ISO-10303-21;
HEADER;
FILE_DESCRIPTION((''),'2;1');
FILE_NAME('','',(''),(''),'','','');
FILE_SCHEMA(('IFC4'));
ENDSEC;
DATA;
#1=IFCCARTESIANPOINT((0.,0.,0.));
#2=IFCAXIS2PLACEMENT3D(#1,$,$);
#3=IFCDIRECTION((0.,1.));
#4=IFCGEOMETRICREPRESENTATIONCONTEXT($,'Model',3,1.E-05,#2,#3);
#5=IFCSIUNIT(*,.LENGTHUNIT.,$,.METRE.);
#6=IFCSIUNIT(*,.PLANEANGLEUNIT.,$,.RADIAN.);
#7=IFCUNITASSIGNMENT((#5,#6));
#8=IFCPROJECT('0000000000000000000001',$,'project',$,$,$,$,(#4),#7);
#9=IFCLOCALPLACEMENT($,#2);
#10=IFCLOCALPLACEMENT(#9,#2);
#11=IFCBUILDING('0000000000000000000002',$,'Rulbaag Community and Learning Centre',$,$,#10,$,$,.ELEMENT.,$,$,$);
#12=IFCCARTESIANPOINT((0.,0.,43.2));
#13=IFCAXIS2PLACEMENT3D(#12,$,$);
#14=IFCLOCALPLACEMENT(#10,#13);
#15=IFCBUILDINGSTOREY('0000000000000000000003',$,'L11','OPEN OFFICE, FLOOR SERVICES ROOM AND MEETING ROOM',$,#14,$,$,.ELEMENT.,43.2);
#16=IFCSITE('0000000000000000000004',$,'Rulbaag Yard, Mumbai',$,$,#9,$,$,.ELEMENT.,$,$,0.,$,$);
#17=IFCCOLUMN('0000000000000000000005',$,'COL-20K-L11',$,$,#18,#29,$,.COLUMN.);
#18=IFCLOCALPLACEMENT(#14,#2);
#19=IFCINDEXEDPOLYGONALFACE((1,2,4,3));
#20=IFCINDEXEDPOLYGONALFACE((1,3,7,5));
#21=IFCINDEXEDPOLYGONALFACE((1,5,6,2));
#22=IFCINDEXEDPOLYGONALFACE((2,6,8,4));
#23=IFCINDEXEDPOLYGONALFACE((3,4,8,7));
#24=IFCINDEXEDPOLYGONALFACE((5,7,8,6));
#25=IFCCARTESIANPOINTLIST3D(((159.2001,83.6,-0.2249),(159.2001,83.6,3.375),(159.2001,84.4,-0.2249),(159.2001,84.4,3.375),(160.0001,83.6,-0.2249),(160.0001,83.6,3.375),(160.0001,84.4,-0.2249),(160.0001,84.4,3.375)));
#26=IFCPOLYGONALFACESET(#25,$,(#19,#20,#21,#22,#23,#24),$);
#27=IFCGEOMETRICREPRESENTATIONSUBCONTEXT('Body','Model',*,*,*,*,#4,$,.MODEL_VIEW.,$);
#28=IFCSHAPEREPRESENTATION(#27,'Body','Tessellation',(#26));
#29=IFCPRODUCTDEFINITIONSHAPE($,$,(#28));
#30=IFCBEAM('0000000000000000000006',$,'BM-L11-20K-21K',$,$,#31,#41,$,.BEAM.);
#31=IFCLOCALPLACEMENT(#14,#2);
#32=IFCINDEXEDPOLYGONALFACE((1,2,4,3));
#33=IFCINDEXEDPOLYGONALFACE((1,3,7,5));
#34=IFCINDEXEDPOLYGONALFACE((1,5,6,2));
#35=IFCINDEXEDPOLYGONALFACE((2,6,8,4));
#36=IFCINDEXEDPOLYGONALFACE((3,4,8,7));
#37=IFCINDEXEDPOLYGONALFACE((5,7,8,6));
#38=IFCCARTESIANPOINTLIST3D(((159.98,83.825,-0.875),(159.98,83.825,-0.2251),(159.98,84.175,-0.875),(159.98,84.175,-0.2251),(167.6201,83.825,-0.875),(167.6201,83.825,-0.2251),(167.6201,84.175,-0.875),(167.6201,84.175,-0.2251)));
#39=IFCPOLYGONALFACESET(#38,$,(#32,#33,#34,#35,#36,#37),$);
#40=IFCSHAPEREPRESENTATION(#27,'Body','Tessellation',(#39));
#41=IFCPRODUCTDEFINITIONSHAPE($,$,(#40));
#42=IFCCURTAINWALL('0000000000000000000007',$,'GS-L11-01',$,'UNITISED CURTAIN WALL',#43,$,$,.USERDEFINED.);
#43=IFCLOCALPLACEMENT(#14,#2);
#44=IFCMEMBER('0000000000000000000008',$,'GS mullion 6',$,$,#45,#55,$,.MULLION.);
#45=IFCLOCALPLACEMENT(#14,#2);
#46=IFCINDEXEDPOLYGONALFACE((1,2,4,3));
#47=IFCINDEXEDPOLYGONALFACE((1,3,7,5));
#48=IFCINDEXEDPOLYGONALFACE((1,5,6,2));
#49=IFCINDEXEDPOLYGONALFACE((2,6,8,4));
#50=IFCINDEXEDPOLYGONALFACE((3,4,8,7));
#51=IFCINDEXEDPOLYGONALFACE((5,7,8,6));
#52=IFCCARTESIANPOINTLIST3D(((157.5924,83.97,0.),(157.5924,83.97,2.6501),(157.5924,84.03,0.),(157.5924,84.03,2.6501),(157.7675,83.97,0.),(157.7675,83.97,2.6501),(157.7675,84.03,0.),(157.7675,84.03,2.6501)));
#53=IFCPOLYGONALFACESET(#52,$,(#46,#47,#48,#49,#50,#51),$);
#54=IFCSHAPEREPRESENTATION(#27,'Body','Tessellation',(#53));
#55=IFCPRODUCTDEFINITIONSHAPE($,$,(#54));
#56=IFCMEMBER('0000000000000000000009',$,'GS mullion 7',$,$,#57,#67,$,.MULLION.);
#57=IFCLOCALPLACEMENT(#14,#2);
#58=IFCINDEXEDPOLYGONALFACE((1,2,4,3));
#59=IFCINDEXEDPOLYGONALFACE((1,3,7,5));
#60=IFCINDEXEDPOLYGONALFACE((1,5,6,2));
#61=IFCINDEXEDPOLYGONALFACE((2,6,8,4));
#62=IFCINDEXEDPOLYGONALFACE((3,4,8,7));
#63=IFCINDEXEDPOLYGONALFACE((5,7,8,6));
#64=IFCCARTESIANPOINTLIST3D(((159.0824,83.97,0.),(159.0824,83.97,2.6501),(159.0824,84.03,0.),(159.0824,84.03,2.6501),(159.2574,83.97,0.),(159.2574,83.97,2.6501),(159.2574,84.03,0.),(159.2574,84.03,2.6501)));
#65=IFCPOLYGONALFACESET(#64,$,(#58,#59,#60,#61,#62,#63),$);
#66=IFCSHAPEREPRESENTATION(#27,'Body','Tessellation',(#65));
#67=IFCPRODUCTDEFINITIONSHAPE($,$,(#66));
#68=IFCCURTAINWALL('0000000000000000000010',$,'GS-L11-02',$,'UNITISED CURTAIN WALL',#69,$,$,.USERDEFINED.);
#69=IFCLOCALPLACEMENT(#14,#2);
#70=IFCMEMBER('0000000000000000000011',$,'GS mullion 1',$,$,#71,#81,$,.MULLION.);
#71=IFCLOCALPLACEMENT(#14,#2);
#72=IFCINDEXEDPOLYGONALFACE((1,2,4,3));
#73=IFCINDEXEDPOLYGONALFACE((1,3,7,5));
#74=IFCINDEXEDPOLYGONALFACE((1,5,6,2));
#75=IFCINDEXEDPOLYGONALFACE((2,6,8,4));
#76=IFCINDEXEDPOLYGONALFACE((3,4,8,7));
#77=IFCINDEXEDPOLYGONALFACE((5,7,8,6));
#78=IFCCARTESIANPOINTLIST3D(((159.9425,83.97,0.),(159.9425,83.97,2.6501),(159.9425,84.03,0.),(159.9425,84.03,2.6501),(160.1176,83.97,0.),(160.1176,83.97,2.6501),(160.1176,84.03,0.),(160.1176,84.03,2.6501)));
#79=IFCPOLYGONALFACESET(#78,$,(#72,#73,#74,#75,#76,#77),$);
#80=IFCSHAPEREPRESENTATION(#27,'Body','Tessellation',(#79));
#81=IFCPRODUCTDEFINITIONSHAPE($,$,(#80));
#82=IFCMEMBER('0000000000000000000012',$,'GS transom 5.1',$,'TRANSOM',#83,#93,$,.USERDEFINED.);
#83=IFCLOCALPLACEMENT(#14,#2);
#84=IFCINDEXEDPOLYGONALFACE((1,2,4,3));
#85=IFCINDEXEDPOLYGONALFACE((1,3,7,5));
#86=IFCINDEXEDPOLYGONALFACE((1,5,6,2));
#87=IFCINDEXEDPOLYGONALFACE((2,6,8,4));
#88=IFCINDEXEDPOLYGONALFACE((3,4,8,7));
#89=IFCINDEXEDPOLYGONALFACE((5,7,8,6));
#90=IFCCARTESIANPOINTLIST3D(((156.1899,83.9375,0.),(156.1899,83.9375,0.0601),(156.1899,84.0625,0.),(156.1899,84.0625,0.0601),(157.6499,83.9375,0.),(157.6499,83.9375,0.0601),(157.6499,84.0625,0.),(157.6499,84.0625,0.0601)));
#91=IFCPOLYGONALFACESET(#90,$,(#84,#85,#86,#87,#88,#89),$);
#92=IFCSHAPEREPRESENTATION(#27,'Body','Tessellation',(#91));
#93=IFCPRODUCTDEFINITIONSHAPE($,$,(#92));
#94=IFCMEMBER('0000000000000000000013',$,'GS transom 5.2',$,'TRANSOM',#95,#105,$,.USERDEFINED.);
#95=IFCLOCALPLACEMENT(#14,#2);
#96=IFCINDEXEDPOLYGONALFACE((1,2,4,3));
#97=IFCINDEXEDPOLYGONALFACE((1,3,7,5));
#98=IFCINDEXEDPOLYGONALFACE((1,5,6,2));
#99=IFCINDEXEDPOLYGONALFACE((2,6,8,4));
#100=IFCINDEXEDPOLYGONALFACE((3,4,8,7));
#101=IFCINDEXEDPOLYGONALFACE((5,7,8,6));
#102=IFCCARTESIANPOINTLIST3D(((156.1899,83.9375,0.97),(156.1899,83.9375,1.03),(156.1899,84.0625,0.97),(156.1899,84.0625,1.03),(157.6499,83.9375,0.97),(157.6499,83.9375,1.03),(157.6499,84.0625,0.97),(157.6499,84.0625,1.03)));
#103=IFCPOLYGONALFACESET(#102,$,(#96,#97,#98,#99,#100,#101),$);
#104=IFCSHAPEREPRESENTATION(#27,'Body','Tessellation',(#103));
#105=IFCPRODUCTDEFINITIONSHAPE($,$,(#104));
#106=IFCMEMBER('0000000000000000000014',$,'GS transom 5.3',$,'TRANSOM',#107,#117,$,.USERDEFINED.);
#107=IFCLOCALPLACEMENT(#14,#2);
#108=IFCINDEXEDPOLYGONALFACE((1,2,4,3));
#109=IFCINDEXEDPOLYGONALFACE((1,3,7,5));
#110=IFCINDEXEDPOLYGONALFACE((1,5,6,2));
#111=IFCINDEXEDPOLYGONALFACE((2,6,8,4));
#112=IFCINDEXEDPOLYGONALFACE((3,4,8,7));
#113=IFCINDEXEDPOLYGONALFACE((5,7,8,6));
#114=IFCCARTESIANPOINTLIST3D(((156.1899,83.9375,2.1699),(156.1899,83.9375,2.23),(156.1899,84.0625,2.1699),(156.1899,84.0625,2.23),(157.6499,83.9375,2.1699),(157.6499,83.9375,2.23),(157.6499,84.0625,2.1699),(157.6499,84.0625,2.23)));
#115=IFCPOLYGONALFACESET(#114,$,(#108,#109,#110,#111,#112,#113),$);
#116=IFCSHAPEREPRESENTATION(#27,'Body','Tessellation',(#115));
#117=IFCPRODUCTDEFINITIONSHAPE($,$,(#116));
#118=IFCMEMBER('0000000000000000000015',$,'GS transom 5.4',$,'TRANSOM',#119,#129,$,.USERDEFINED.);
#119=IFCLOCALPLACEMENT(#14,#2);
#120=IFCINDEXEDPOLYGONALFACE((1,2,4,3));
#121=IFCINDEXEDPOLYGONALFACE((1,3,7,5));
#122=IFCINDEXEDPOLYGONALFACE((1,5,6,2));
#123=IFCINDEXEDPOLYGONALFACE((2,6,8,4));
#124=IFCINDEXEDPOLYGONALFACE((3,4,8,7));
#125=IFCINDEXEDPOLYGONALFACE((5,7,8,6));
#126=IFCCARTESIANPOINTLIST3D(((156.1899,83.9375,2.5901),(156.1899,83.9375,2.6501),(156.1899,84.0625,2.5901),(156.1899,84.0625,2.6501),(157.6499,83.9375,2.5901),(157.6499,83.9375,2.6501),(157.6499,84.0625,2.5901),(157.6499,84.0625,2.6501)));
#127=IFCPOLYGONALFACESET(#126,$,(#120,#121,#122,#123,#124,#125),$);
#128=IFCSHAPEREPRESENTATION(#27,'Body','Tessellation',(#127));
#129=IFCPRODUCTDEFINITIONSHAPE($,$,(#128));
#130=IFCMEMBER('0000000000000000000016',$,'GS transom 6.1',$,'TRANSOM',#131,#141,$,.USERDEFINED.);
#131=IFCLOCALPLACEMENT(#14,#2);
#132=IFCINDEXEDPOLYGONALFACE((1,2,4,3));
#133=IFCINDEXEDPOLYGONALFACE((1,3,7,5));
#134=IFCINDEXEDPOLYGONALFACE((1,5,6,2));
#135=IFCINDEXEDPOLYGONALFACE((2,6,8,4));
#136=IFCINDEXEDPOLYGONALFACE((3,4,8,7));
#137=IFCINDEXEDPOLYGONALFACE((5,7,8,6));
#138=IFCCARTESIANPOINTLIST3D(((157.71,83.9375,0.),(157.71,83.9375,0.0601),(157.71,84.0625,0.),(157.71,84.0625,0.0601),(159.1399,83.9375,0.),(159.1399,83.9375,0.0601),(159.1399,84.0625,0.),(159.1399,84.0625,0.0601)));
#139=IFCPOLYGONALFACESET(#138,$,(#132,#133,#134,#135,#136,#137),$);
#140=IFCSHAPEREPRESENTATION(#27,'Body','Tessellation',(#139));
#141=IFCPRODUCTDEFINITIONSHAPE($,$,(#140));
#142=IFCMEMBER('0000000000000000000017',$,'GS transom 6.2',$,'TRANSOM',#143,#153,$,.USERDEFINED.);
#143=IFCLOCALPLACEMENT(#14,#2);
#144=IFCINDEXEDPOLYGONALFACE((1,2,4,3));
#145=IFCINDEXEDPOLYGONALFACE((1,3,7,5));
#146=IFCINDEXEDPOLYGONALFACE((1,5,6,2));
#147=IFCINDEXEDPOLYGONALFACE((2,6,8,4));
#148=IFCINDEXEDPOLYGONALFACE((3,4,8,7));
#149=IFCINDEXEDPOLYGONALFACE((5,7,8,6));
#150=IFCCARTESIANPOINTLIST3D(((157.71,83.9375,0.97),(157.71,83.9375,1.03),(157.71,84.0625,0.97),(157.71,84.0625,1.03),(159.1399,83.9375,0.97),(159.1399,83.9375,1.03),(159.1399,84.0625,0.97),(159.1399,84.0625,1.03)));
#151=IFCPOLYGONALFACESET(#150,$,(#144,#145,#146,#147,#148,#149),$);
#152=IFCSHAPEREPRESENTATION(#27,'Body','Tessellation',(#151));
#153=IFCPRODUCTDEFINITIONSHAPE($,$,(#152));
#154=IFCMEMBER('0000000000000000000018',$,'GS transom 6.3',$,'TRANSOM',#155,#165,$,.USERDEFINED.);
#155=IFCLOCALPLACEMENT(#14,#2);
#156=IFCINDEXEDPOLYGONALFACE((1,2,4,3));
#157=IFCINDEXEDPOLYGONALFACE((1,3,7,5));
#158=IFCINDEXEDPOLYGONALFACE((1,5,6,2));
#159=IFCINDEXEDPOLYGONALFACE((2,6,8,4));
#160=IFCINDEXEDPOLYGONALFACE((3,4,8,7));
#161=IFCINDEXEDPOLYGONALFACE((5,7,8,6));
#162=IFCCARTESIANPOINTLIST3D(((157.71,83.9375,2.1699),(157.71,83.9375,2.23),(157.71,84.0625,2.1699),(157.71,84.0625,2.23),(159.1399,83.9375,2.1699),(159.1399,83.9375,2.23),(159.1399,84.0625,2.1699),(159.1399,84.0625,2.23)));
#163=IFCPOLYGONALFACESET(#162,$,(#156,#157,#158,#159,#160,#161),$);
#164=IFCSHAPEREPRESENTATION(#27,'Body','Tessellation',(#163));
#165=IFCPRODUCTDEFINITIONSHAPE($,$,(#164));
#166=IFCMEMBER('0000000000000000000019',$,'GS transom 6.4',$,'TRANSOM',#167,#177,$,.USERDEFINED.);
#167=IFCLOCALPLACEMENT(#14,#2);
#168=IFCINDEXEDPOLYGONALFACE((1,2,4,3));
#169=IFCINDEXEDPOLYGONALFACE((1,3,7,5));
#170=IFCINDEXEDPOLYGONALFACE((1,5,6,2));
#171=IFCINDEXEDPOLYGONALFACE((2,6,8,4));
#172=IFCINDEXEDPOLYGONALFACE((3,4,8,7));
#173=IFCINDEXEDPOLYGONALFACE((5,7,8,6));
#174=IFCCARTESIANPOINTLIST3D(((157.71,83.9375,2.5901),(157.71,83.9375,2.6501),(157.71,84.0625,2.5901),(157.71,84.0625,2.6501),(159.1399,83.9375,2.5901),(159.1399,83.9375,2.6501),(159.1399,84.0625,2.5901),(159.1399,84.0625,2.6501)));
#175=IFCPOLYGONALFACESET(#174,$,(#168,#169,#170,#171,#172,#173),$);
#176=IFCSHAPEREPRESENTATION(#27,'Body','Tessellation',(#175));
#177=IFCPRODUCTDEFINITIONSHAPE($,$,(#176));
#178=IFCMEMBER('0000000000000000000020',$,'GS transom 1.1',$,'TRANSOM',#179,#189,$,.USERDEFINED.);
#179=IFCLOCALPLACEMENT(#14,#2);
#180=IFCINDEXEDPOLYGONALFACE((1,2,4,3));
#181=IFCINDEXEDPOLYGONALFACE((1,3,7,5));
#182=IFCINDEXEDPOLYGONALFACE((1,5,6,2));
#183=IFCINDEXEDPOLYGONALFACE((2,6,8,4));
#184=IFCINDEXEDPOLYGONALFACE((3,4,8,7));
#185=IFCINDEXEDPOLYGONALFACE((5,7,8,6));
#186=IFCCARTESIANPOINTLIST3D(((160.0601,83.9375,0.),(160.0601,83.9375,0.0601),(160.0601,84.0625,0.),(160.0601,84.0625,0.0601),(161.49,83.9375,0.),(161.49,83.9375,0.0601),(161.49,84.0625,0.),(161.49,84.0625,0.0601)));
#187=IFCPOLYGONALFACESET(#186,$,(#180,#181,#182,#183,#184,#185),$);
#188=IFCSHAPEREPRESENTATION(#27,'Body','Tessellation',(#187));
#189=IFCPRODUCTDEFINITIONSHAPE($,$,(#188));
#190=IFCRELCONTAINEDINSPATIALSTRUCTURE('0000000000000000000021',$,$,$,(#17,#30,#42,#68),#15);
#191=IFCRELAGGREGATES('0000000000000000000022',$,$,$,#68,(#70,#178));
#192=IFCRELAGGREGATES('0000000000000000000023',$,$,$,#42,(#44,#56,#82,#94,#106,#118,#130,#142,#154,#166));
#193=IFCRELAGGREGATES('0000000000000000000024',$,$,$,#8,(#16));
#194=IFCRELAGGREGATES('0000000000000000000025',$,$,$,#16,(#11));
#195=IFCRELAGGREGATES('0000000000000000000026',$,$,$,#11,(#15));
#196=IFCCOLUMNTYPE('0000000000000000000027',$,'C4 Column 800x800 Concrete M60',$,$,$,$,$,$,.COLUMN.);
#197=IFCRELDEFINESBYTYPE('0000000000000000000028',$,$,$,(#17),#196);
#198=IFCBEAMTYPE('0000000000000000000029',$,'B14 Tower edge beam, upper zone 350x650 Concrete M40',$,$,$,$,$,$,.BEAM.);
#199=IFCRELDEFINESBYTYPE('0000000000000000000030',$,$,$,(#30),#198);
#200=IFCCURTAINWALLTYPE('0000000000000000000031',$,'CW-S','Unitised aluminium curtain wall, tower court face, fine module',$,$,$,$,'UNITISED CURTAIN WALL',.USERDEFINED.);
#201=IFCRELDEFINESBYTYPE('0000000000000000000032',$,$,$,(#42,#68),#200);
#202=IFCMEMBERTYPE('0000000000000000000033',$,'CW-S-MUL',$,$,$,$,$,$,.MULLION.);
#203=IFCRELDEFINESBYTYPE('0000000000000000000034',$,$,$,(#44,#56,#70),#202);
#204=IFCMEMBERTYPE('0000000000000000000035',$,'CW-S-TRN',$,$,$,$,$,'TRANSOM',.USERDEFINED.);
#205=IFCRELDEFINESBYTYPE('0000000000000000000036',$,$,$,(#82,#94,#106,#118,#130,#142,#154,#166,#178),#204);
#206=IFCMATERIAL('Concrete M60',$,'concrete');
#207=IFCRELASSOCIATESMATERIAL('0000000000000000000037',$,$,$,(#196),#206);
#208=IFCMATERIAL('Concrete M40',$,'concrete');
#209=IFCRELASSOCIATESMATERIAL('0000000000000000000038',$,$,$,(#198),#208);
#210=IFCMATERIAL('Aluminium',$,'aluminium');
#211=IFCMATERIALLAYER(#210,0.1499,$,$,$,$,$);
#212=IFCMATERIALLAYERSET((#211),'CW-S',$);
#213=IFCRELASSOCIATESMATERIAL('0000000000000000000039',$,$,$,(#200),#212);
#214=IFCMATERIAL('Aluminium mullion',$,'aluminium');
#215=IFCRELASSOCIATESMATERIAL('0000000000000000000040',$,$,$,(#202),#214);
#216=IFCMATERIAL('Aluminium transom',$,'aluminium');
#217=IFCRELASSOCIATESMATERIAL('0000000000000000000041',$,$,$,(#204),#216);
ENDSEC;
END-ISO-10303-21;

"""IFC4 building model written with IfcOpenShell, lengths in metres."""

from ifc_helpers import new_model, si_unit, direction, frame, origin, origin_2d, place, context, subcontext, project, spatial, rectangle, extrude, material, layer, layer_set, material_profile, profile_set, type_object, element, aggregate, save


model = new_model("IFC4")

# Units and contexts
model_context = context("Model", 3, precision=1e-05, world=origin(), true_north=direction((0.0, 1.0)))
body_context = subcontext(model_context, "Body", "Model", "MODEL_VIEW")
ifc_project = project(units=[si_unit("LENGTHUNIT", "METRE"), si_unit("PLANEANGLEUNIT", "RADIAN")], contexts=[model_context])

# Site, building, storey
site_placement = place(None, origin())
site = spatial("IfcSite", under=ifc_project, at=site_placement, Name="Rulbaag Yard, Mumbai", CompositionType="ELEMENT", RefElevation=0.0)
building_placement = place(site_placement, origin())
building = spatial("IfcBuilding", under=site, at=building_placement, Name="Rulbaag Community and Learning Centre", CompositionType="ELEMENT")
storey_placement = place(building_placement, frame((0.0, 0.0, 43.2)))
storey = spatial("IfcBuildingStorey", under=building, at=storey_placement, Name="L11", Description="OPEN OFFICE, FLOOR SERVICES ROOM AND MEETING ROOM", CompositionType="ELEMENT", Elevation=43.2)

# Column
ifc_material_1 = material(Name="Concrete M60", Category="concrete")
ifc_material_profile_1 = material_profile(ifc_material_1, rectangle(XDim=0.8, YDim=0.8, at=origin_2d()), Name="RC800x800")
ifc_profile_set_1 = profile_set([ifc_material_profile_1], Name="Concrete M60")
column_type = type_object("IfcColumnType", Name="C4 Column 800x800 Concrete M60", PredefinedType="COLUMN", material=ifc_profile_set_1)
column_placement = place(storey_placement, frame((159.6001, 84.0, -0.2249), z_axis=(0.0, 0.0, 1.0), x_axis=(1.0, 0.0, 0.0)))
element("IfcColumn", 1, at=column_placement, inside=storey, type_object=column_type, Name="COL-20K-L11", PredefinedType="COLUMN", context=body_context, shape_type="SweptSolid", body=[
    extrude(rectangle(XDim=0.8, YDim=0.8, at=origin_2d()), origin(), (0.0, 0.0, 1.0), 3.5999),
])

# Beam
ifc_material_2 = material(Name="Concrete M40", Category="concrete")
ifc_material_profile_2 = material_profile(ifc_material_2, rectangle(XDim=0.3501, YDim=0.6499, at=origin_2d()), Name="RB350x650")
ifc_profile_set_2 = profile_set([ifc_material_profile_2], Name="Concrete M40")
beam_type = type_object("IfcBeamType", Name="B14 Tower edge beam, upper zone 350x650 Concrete M40", PredefinedType="BEAM", material=ifc_profile_set_2)
beam_placement = place(storey_placement, frame((159.98, 84.0, -0.55), z_axis=(1.0, 0.0, 0.0), x_axis=(0.0, 1.0, 0.0)))
element("IfcBeam", 2, at=beam_placement, inside=storey, type_object=beam_type, Name="BM-L11-20K-21K", PredefinedType="BEAM", context=body_context, shape_type="SweptSolid", body=[
    extrude(rectangle(XDim=0.3501, YDim=0.6499, at=origin_2d()), origin(), (0.0, 0.0, 1.0), 7.6401),
])

# Curtain wall, members
ifc_material_3 = material(Name="Aluminium", Category="aluminium")
ifc_layer_1 = layer(ifc_material_3, 0.1499)
ifc_layer_set_1 = layer_set([ifc_layer_1], Name="CW-S")
curtain_wall_type = type_object("IfcCurtainWallType", Name="CW-S", Description="Unitised aluminium curtain wall, tower court face, fine module", ElementType="UNITISED CURTAIN WALL", PredefinedType="USERDEFINED", material=ifc_layer_set_1)
curtain_wall_1_placement = place(storey_placement, origin())
curtain_wall_1 = element("IfcCurtainWall", 3, at=curtain_wall_1_placement, inside=storey, type_object=curtain_wall_type, Name="GS-L11-01", ObjectType="UNITISED CURTAIN WALL", PredefinedType="USERDEFINED")
ifc_material_4 = material(Name="Aluminium mullion", Category="aluminium")
ifc_material_profile_3 = material_profile(ifc_material_4, rectangle(XDim=0.0601, YDim=0.175, at=origin_2d()), Name="AL 60x175")
ifc_profile_set_3 = profile_set([ifc_material_profile_3], Name="Aluminium mullion")
member_type_1 = type_object("IfcMemberType", Name="CW-S-MUL", PredefinedType="MULLION", material=ifc_profile_set_3)
member_1_placement = place(storey_placement, frame((157.6799, 84.0, 0.0), z_axis=(0.0, 0.0, 1.0), x_axis=(0.0, 1.0, 0.0)))
member_1 = element("IfcMember", 4, at=member_1_placement, type_object=member_type_1, Name="GS mullion 6", PredefinedType="MULLION", context=body_context, shape_type="SweptSolid", body=[
    extrude(rectangle(XDim=0.0601, YDim=0.175, at=origin_2d()), origin(), (0.0, 0.0, 1.0), 2.6501),
])
member_2_placement = place(storey_placement, frame((159.1699, 84.0, 0.0), z_axis=(0.0, 0.0, 1.0), x_axis=(0.0, 1.0, 0.0)))
member_2 = element("IfcMember", 5, at=member_2_placement, type_object=member_type_1, Name="GS mullion 7", PredefinedType="MULLION", context=body_context, shape_type="SweptSolid", body=[
    extrude(rectangle(XDim=0.0601, YDim=0.175, at=origin_2d()), origin(), (0.0, 0.0, 1.0), 2.6501),
])

# Curtain wall, member
curtain_wall_2_placement = place(storey_placement, origin())
curtain_wall_2 = element("IfcCurtainWall", 6, at=curtain_wall_2_placement, inside=storey, type_object=curtain_wall_type, Name="GS-L11-02", ObjectType="UNITISED CURTAIN WALL", PredefinedType="USERDEFINED")
member_3_placement = place(storey_placement, frame((160.03, 84.0, 0.0), z_axis=(0.0, 0.0, 1.0), x_axis=(0.0, 1.0, 0.0)))
member_3 = element("IfcMember", 7, at=member_3_placement, type_object=member_type_1, Name="GS mullion 1", PredefinedType="MULLION", context=body_context, shape_type="SweptSolid", body=[
    extrude(rectangle(XDim=0.0601, YDim=0.175, at=origin_2d()), origin(), (0.0, 0.0, 1.0), 2.6501),
])

# Members
ifc_material_5 = material(Name="Aluminium transom", Category="aluminium")
ifc_material_profile_4 = material_profile(ifc_material_5, rectangle(XDim=0.125, YDim=0.0601, at=origin_2d()), Name="AL 60x125 T")
ifc_profile_set_4 = profile_set([ifc_material_profile_4], Name="Aluminium transom")
member_type_2 = type_object("IfcMemberType", Name="CW-S-TRN", ElementType="TRANSOM", PredefinedType="USERDEFINED", material=ifc_profile_set_4)
member_4_placement = place(storey_placement, frame((156.1899, 84.0, 0.03), z_axis=(1.0, 0.0, 0.0), x_axis=(0.0, 1.0, 0.0)))
member_4 = element("IfcMember", 8, at=member_4_placement, type_object=member_type_2, Name="GS transom 5.1", ObjectType="TRANSOM", PredefinedType="USERDEFINED", context=body_context, shape_type="SweptSolid", body=[
    extrude(rectangle(XDim=0.125, YDim=0.0601, at=origin_2d()), origin(), (0.0, 0.0, 1.0), 1.46),
])
member_5_placement = place(storey_placement, frame((156.1899, 84.0, 1.0), z_axis=(1.0, 0.0, 0.0), x_axis=(0.0, 1.0, 0.0)))
member_5 = element("IfcMember", 9, at=member_5_placement, type_object=member_type_2, Name="GS transom 5.2", ObjectType="TRANSOM", PredefinedType="USERDEFINED", context=body_context, shape_type="SweptSolid", body=[
    extrude(rectangle(XDim=0.125, YDim=0.0601, at=origin_2d()), origin(), (0.0, 0.0, 1.0), 1.46),
])
member_6_placement = place(storey_placement, frame((156.1899, 84.0, 2.2), z_axis=(1.0, 0.0, 0.0), x_axis=(0.0, 1.0, 0.0)))
member_6 = element("IfcMember", 10, at=member_6_placement, type_object=member_type_2, Name="GS transom 5.3", ObjectType="TRANSOM", PredefinedType="USERDEFINED", context=body_context, shape_type="SweptSolid", body=[
    extrude(rectangle(XDim=0.125, YDim=0.0601, at=origin_2d()), origin(), (0.0, 0.0, 1.0), 1.46),
])
member_7_placement = place(storey_placement, frame((156.1899, 84.0, 2.6201), z_axis=(1.0, 0.0, 0.0), x_axis=(0.0, 1.0, 0.0)))
member_7 = element("IfcMember", 11, at=member_7_placement, type_object=member_type_2, Name="GS transom 5.4", ObjectType="TRANSOM", PredefinedType="USERDEFINED", context=body_context, shape_type="SweptSolid", body=[
    extrude(rectangle(XDim=0.125, YDim=0.0601, at=origin_2d()), origin(), (0.0, 0.0, 1.0), 1.46),
])
member_8_placement = place(storey_placement, frame((157.71, 84.0, 0.03), z_axis=(1.0, 0.0, 0.0), x_axis=(0.0, 1.0, 0.0)))
member_8 = element("IfcMember", 12, at=member_8_placement, type_object=member_type_2, Name="GS transom 6.1", ObjectType="TRANSOM", PredefinedType="USERDEFINED", context=body_context, shape_type="SweptSolid", body=[
    extrude(rectangle(XDim=0.125, YDim=0.0601, at=origin_2d()), origin(), (0.0, 0.0, 1.0), 1.4299),
])
member_9_placement = place(storey_placement, frame((157.71, 84.0, 1.0), z_axis=(1.0, 0.0, 0.0), x_axis=(0.0, 1.0, 0.0)))
member_9 = element("IfcMember", 13, at=member_9_placement, type_object=member_type_2, Name="GS transom 6.2", ObjectType="TRANSOM", PredefinedType="USERDEFINED", context=body_context, shape_type="SweptSolid", body=[
    extrude(rectangle(XDim=0.125, YDim=0.0601, at=origin_2d()), origin(), (0.0, 0.0, 1.0), 1.4299),
])
member_10_placement = place(storey_placement, frame((157.71, 84.0, 2.2), z_axis=(1.0, 0.0, 0.0), x_axis=(0.0, 1.0, 0.0)))
member_10 = element("IfcMember", 14, at=member_10_placement, type_object=member_type_2, Name="GS transom 6.3", ObjectType="TRANSOM", PredefinedType="USERDEFINED", context=body_context, shape_type="SweptSolid", body=[
    extrude(rectangle(XDim=0.125, YDim=0.0601, at=origin_2d()), origin(), (0.0, 0.0, 1.0), 1.4299),
])
member_11_placement = place(storey_placement, frame((157.71, 84.0, 2.6201), z_axis=(1.0, 0.0, 0.0), x_axis=(0.0, 1.0, 0.0)))
member_11 = element("IfcMember", 15, at=member_11_placement, type_object=member_type_2, Name="GS transom 6.4", ObjectType="TRANSOM", PredefinedType="USERDEFINED", context=body_context, shape_type="SweptSolid", body=[
    extrude(rectangle(XDim=0.125, YDim=0.0601, at=origin_2d()), origin(), (0.0, 0.0, 1.0), 1.4299),
])
member_12_placement = place(storey_placement, frame((160.0601, 84.0, 0.03), z_axis=(1.0, 0.0, 0.0), x_axis=(0.0, 1.0, 0.0)))
member_12 = element("IfcMember", 16, at=member_12_placement, type_object=member_type_2, Name="GS transom 1.1", ObjectType="TRANSOM", PredefinedType="USERDEFINED", context=body_context, shape_type="SweptSolid", body=[
    extrude(rectangle(XDim=0.125, YDim=0.0601, at=origin_2d()), origin(), (0.0, 0.0, 1.0), 1.4299),
])
aggregate(curtain_wall_2, [member_3, member_12])

aggregate(curtain_wall_1, [member_1, member_2, member_4, member_5, member_6, member_7, member_8, member_9, member_10, member_11])

save(model, "model.ifc")
